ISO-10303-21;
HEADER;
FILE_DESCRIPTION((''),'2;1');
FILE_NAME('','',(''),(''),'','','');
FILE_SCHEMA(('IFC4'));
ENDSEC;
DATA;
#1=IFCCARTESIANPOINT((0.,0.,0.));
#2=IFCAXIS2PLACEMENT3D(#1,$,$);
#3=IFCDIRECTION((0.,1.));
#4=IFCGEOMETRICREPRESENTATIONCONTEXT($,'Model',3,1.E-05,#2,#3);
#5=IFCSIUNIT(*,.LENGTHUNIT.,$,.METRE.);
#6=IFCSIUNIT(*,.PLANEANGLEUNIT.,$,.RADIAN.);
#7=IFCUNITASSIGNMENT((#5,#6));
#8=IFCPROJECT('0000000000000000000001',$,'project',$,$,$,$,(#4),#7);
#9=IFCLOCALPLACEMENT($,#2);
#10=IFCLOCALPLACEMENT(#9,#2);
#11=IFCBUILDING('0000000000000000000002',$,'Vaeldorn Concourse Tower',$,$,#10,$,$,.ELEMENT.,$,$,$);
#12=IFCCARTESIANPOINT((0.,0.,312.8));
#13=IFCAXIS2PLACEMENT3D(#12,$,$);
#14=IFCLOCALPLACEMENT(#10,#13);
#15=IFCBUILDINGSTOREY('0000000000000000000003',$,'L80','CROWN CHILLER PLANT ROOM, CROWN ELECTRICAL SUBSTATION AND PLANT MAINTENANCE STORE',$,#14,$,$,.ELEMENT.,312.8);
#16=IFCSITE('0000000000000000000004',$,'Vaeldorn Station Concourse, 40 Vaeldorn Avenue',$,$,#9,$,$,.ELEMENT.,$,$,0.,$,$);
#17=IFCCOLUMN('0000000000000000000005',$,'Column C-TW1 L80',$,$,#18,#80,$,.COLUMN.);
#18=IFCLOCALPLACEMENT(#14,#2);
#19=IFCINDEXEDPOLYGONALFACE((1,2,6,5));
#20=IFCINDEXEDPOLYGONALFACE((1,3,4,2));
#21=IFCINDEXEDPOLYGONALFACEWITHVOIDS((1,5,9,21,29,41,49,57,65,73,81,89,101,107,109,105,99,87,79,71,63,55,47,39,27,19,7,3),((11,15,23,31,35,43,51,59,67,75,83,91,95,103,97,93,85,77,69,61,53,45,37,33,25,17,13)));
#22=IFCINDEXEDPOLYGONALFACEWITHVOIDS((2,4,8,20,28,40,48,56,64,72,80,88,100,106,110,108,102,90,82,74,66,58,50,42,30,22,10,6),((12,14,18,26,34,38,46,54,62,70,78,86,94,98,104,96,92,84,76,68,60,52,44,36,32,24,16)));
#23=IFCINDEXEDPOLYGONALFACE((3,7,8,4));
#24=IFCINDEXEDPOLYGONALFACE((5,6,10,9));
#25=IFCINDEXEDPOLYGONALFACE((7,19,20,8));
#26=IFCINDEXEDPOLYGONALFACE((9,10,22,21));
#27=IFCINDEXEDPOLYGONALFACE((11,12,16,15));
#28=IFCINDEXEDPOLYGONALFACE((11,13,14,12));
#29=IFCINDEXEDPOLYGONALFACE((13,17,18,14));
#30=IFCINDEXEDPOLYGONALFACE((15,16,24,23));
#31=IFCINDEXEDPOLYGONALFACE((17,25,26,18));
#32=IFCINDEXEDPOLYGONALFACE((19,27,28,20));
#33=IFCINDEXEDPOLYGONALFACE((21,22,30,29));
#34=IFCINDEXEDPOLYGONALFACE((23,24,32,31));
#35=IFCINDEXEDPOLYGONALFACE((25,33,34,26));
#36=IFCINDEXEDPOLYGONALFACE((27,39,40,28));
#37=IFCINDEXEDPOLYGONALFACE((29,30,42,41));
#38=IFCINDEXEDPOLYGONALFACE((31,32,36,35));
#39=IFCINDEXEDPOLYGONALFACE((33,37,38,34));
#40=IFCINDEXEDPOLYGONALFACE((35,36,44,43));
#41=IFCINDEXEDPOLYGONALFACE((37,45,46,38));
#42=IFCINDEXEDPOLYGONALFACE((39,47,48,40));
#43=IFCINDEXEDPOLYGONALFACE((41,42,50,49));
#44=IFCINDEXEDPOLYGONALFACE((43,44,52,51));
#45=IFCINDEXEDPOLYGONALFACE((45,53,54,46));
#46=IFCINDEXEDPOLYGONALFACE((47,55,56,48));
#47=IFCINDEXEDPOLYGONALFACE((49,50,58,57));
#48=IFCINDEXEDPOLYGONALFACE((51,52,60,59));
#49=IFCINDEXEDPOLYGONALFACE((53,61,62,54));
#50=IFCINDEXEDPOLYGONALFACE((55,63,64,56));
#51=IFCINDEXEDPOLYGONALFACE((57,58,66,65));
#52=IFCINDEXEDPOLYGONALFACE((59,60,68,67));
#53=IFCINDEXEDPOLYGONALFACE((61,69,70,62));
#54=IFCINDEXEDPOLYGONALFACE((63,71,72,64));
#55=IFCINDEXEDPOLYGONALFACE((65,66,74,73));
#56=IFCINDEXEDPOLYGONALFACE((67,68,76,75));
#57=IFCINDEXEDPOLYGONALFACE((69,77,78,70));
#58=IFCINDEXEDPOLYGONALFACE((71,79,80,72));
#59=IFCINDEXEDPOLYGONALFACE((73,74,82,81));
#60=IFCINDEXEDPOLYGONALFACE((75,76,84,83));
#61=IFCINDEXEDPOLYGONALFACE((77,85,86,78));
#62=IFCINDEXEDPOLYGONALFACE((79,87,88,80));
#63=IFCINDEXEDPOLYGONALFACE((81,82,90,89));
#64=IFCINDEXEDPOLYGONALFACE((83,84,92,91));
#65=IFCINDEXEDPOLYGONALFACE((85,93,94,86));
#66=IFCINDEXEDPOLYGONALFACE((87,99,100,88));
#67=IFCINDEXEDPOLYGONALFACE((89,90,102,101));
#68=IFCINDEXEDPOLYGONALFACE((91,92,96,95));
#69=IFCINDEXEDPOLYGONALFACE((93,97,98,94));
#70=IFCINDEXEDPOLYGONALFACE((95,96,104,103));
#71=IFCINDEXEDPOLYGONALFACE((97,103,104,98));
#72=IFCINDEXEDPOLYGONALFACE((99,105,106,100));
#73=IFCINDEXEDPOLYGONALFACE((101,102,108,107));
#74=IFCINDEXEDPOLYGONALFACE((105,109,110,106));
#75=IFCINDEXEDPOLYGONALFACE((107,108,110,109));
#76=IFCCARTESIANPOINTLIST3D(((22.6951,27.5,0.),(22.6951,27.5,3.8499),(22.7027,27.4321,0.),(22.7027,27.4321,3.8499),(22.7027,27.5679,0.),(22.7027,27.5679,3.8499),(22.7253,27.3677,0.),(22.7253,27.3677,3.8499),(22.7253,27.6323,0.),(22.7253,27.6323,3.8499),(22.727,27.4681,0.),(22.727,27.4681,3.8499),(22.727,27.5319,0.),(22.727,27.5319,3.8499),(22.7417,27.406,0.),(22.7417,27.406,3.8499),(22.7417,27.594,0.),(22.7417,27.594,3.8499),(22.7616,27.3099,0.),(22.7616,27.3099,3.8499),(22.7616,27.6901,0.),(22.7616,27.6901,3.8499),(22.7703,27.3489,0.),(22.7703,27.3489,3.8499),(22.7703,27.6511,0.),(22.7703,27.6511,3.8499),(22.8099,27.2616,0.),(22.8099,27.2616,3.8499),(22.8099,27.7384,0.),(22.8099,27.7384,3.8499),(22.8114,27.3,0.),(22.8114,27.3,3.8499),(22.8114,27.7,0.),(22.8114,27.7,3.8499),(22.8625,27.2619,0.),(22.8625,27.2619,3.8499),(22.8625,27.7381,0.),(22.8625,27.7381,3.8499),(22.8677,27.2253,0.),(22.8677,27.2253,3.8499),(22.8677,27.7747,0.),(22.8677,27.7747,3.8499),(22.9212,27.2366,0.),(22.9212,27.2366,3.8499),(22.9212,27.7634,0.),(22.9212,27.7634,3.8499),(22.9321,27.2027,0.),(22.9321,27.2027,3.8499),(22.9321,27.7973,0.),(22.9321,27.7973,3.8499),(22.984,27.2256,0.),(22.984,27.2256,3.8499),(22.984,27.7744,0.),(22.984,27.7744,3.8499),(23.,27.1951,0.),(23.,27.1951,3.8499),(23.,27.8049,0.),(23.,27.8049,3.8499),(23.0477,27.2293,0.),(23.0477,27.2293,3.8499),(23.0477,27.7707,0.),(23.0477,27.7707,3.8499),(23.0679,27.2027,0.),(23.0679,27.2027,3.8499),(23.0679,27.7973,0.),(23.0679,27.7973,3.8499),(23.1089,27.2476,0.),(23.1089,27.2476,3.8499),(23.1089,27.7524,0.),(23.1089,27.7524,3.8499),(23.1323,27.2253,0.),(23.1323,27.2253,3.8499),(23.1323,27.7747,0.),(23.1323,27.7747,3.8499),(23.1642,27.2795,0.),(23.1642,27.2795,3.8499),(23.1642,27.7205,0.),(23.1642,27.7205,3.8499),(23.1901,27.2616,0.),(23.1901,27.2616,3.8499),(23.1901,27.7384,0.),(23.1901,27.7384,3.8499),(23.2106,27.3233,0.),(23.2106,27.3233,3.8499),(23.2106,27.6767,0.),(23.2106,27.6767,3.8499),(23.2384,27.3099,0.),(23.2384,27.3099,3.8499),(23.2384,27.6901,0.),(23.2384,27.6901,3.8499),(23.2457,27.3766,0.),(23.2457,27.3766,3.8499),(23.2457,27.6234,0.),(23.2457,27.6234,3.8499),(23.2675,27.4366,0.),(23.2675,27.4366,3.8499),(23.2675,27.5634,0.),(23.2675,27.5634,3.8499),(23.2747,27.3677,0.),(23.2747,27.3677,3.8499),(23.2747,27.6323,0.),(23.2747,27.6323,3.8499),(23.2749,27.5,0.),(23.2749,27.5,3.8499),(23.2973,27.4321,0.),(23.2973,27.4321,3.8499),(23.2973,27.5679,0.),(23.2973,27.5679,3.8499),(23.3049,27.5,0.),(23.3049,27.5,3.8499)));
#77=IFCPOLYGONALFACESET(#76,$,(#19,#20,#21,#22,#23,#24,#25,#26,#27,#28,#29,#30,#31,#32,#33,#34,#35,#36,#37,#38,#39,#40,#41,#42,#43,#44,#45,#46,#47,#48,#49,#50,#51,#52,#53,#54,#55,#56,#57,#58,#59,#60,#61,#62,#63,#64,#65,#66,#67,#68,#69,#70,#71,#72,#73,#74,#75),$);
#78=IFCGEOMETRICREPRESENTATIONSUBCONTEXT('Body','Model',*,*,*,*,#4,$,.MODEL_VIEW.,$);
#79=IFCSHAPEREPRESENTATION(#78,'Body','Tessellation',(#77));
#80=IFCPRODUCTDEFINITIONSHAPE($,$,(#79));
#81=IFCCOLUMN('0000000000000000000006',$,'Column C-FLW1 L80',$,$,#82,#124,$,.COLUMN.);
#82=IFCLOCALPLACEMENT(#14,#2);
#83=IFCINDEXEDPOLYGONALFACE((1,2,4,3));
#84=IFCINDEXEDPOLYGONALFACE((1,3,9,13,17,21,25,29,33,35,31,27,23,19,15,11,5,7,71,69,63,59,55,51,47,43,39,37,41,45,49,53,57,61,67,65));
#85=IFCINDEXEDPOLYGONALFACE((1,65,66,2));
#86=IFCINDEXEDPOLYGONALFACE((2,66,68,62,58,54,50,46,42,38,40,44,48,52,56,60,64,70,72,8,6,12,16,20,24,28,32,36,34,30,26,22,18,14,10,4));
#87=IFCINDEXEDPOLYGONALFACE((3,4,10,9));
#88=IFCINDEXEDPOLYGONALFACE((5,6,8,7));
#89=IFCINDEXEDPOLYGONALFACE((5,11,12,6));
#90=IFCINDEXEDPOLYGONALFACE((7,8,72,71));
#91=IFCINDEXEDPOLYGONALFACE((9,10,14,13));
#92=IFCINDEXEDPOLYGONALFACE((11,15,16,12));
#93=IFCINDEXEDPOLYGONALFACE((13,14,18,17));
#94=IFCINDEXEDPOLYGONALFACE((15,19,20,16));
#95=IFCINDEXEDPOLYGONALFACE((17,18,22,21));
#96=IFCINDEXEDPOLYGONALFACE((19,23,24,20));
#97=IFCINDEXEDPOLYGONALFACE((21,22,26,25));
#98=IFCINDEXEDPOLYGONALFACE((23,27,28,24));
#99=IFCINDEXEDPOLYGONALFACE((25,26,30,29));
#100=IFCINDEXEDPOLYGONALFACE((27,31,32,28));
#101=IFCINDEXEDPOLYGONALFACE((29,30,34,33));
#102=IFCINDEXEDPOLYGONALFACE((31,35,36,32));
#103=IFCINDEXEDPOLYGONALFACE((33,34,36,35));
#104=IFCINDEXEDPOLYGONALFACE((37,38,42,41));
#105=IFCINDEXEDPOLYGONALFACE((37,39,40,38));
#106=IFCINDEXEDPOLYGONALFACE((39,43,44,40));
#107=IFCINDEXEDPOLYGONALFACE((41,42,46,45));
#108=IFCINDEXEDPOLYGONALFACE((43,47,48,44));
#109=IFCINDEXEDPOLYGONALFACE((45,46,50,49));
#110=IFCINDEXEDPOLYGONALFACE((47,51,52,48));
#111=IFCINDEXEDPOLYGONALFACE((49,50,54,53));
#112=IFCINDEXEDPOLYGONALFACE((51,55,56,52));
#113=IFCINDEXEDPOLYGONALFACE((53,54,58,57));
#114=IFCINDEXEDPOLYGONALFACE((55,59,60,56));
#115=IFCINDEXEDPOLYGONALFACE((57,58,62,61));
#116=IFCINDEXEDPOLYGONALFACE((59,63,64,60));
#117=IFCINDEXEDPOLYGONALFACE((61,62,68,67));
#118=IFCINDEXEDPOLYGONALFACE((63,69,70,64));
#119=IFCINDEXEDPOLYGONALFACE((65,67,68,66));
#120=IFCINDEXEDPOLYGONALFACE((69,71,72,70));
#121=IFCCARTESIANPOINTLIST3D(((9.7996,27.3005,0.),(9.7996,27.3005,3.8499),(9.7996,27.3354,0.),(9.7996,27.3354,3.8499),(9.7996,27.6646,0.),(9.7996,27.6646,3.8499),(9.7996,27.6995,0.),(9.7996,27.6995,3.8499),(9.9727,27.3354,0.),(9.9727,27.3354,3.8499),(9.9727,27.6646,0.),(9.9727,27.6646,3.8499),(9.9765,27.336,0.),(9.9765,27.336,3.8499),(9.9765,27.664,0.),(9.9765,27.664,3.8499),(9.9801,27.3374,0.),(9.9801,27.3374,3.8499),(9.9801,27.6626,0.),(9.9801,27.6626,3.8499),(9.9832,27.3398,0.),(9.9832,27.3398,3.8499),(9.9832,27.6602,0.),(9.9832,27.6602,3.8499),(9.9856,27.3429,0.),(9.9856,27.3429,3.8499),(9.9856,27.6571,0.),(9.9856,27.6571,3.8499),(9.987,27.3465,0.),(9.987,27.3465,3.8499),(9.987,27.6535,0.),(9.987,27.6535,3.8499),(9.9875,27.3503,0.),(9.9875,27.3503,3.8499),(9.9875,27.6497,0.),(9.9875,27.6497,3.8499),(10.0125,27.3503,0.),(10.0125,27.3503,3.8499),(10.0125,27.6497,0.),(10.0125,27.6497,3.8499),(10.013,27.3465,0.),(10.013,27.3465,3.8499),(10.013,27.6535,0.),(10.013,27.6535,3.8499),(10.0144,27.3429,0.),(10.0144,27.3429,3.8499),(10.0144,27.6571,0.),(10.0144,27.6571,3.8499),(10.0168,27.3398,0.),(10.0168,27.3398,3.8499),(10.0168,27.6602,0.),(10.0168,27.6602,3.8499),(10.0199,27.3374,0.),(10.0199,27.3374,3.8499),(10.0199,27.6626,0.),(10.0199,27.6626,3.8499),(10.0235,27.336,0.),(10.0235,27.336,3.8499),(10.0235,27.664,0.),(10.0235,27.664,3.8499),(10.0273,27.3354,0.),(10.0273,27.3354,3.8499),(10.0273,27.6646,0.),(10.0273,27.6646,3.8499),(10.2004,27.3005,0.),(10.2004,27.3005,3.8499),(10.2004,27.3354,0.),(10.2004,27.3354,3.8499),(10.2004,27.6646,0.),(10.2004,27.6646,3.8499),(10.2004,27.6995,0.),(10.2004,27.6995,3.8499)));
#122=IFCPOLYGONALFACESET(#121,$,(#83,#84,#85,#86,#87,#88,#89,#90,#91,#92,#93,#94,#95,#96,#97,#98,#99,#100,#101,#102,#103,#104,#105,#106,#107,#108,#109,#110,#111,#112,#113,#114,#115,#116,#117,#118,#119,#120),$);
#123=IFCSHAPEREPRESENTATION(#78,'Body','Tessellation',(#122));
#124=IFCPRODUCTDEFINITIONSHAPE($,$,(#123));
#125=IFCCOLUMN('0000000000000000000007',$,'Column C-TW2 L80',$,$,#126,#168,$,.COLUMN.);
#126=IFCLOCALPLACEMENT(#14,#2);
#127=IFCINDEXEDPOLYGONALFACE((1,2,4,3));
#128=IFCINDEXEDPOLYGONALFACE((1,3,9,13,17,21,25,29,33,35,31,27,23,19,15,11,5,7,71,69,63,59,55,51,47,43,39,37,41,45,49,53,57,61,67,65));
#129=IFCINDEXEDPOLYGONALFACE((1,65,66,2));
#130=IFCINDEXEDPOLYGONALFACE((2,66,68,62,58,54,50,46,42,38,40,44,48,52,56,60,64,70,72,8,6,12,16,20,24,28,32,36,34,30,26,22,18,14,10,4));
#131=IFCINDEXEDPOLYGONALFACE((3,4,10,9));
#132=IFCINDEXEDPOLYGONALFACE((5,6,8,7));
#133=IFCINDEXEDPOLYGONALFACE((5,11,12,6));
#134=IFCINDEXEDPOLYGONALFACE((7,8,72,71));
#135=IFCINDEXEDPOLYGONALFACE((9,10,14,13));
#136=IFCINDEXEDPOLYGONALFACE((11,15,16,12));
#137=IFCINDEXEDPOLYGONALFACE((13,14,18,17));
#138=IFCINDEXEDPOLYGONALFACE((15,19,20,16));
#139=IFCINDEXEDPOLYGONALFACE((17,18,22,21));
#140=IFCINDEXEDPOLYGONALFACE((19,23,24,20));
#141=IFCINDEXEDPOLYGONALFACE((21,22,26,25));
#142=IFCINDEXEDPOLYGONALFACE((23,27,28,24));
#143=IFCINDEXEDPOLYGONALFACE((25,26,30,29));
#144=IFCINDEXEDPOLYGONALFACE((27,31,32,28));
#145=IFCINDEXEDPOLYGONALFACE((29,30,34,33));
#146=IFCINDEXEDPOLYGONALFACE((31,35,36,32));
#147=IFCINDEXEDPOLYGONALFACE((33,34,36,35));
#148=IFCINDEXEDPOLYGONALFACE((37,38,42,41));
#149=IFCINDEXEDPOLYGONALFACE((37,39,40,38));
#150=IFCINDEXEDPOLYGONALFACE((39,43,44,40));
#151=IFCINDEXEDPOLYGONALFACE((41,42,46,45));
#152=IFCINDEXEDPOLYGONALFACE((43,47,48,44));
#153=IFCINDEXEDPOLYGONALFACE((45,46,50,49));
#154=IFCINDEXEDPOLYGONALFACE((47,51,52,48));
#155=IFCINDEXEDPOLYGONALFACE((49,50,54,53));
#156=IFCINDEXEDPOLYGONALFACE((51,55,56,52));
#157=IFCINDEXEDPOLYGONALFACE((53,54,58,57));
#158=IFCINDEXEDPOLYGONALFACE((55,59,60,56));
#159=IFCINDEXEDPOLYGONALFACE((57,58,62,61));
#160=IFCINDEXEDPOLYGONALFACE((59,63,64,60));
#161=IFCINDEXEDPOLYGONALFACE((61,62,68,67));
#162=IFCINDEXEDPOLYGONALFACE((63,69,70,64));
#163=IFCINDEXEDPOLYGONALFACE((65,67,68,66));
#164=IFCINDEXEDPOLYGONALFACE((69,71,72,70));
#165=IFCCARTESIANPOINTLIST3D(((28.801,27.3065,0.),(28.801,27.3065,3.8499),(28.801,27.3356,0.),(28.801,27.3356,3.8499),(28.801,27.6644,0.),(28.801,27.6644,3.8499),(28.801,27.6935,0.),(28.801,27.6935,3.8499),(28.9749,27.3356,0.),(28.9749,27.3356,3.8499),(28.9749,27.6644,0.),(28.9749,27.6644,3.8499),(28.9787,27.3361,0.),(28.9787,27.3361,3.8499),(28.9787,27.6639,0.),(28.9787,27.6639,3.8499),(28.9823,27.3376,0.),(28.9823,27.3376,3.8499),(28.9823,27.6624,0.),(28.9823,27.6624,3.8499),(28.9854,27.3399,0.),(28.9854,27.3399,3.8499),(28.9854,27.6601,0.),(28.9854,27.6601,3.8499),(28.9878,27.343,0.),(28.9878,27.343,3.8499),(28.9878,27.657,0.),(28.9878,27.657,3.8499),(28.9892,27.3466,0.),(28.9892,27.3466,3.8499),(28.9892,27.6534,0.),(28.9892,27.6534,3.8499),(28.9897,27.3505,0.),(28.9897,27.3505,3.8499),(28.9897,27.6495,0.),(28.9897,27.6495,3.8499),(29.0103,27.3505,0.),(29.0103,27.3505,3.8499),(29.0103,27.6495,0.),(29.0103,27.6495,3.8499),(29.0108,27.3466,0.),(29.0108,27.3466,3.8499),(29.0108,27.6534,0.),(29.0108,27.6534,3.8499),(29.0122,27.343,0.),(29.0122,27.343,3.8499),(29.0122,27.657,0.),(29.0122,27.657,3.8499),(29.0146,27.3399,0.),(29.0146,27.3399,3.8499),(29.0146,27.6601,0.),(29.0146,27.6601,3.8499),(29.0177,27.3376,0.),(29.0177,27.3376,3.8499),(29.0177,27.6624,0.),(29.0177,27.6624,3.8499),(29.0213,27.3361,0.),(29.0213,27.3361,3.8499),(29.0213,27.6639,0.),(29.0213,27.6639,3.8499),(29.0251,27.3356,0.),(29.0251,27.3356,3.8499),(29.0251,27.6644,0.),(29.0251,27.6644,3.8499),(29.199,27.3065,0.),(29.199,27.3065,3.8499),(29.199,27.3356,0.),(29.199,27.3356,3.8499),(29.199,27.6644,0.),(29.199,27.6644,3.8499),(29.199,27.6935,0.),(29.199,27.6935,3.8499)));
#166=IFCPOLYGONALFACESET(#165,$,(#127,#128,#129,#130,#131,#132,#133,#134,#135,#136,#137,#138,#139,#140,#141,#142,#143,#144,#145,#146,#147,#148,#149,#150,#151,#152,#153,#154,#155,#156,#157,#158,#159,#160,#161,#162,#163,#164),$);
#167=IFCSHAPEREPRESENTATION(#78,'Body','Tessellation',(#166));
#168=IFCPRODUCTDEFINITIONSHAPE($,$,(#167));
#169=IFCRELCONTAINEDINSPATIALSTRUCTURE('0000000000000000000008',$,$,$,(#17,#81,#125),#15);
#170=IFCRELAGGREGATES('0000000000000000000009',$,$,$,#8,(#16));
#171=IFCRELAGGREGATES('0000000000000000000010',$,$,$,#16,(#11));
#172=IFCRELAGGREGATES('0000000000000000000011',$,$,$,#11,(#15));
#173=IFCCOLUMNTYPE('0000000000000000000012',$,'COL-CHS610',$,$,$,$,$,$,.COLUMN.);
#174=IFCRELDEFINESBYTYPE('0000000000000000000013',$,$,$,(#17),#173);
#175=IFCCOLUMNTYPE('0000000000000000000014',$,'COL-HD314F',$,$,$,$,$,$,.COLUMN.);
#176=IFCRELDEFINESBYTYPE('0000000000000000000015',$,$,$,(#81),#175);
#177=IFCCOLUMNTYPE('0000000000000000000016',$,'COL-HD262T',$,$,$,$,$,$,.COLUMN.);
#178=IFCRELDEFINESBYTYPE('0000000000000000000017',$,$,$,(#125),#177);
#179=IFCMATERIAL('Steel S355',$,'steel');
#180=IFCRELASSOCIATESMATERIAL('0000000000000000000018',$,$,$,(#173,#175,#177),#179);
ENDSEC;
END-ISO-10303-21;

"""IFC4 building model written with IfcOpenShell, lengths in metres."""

from ifc_helpers import new_model, si_unit, direction, frame, origin, origin_2d, place, context, subcontext, project, spatial, hollow_circle, i_section, extrude, source, transform, mapped, material, material_profile, profile_set, type_object, element, save


model = new_model("IFC4")

# Units and contexts
model_context = context("Model", 3, precision=1e-05, world=origin(), true_north=direction((0.0, 1.0)))
body_context = subcontext(model_context, "Body", "Model", "MODEL_VIEW")
ifc_project = project(units=[si_unit("LENGTHUNIT", "METRE"), si_unit("PLANEANGLEUNIT", "RADIAN")], contexts=[model_context])

# Site, building, storey
site_placement = place(None, origin())
site = spatial("IfcSite", under=ifc_project, at=site_placement, Name="Vaeldorn Station Concourse, 40 Vaeldorn Avenue", CompositionType="ELEMENT", RefElevation=0.0)
building_placement = place(site_placement, origin())
building = spatial("IfcBuilding", under=site, at=building_placement, Name="Vaeldorn Concourse Tower", CompositionType="ELEMENT")
storey_placement = place(building_placement, frame((0.0, 0.0, 312.8)))
storey = spatial("IfcBuildingStorey", under=building, at=storey_placement, Name="L80", Description="CROWN CHILLER PLANT ROOM, CROWN ELECTRICAL SUBSTATION AND PLANT MAINTENANCE STORE", CompositionType="ELEMENT", Elevation=312.8)

# Columns
ifc_material_1 = material(Name="Steel S355", Category="steel")
ifc_material_profile_1 = material_profile(ifc_material_1, hollow_circle(Radius=0.3049, WallThickness=0.03, at=origin_2d()), Name="CHS 610x30")
ifc_profile_set_1 = profile_set([ifc_material_profile_1], Name="Steel S355")
column_type_1 = type_object("IfcColumnType", Name="COL-CHS610", PredefinedType="COLUMN", material=ifc_profile_set_1)
shared_shape_1 = source(origin(), body_context, "Body", "SweptSolid", [
    extrude(hollow_circle(Radius=0.3049, WallThickness=0.03, at=origin_2d()), origin(), (0.0, 0.0, 1.0), 3.8499),
])
column_1_placement = place(storey_placement, frame((23.0, 27.5, 0.0), z_axis=(0.0, 0.0, 1.0), x_axis=(1.0, 0.0, 0.0)))
element("IfcColumn", 1, at=column_1_placement, inside=storey, type_object=column_type_1, Name="Column C-TW1 L80", PredefinedType="COLUMN", context=body_context, shape_type="MappedRepresentation", body=[
    mapped(shared_shape_1, transform((0.0, 0.0, 0.0), scale=1.0)),
])
ifc_material_profile_2 = material_profile(ifc_material_1, i_section(OverallWidth=0.4009, OverallDepth=0.3989, WebThickness=0.0249, FlangeThickness=0.0349, FilletRadius=0.0149, at=origin_2d()), Name="HD 400x314")
ifc_profile_set_2 = profile_set([ifc_material_profile_2], Name="Steel S355")
column_type_2 = type_object("IfcColumnType", Name="COL-HD314F", PredefinedType="COLUMN", material=ifc_profile_set_2)
shared_shape_2 = source(origin(), body_context, "Body", "SweptSolid", [
    extrude(i_section(OverallWidth=0.4009, OverallDepth=0.3989, WebThickness=0.0249, FlangeThickness=0.0349, FilletRadius=0.0149, at=origin_2d()), origin(), (0.0, 0.0, 1.0), 3.8499),
])
column_2_placement = place(storey_placement, frame((10.0, 27.5, 0.0), z_axis=(0.0, 0.0, 1.0), x_axis=(1.0, 0.0, 0.0)))
element("IfcColumn", 2, at=column_2_placement, inside=storey, type_object=column_type_2, Name="Column C-FLW1 L80", PredefinedType="COLUMN", context=body_context, shape_type="MappedRepresentation", body=[
    mapped(shared_shape_2, transform((0.0, 0.0, 0.0), scale=1.0)),
])
ifc_material_profile_3 = material_profile(ifc_material_1, i_section(OverallWidth=0.3979, OverallDepth=0.387, WebThickness=0.0205, FlangeThickness=0.0291, FilletRadius=0.0149, at=origin_2d()), Name="HD 400x262")
ifc_profile_set_3 = profile_set([ifc_material_profile_3], Name="Steel S355")
column_type_3 = type_object("IfcColumnType", Name="COL-HD262T", PredefinedType="COLUMN", material=ifc_profile_set_3)
shared_shape_3 = source(origin(), body_context, "Body", "SweptSolid", [
    extrude(i_section(OverallWidth=0.3979, OverallDepth=0.387, WebThickness=0.0205, FlangeThickness=0.0291, FilletRadius=0.0149, at=origin_2d()), origin(), (0.0, 0.0, 1.0), 3.8499),
])
column_3_placement = place(storey_placement, frame((29.0, 27.5, 0.0), z_axis=(0.0, 0.0, 1.0), x_axis=(1.0, 0.0, 0.0)))
element("IfcColumn", 3, at=column_3_placement, inside=storey, type_object=column_type_3, Name="Column C-TW2 L80", PredefinedType="COLUMN", context=body_context, shape_type="MappedRepresentation", body=[
    mapped(shared_shape_3, transform((0.0, 0.0, 0.0), scale=1.0)),
])

save(model, "model.ifc")
